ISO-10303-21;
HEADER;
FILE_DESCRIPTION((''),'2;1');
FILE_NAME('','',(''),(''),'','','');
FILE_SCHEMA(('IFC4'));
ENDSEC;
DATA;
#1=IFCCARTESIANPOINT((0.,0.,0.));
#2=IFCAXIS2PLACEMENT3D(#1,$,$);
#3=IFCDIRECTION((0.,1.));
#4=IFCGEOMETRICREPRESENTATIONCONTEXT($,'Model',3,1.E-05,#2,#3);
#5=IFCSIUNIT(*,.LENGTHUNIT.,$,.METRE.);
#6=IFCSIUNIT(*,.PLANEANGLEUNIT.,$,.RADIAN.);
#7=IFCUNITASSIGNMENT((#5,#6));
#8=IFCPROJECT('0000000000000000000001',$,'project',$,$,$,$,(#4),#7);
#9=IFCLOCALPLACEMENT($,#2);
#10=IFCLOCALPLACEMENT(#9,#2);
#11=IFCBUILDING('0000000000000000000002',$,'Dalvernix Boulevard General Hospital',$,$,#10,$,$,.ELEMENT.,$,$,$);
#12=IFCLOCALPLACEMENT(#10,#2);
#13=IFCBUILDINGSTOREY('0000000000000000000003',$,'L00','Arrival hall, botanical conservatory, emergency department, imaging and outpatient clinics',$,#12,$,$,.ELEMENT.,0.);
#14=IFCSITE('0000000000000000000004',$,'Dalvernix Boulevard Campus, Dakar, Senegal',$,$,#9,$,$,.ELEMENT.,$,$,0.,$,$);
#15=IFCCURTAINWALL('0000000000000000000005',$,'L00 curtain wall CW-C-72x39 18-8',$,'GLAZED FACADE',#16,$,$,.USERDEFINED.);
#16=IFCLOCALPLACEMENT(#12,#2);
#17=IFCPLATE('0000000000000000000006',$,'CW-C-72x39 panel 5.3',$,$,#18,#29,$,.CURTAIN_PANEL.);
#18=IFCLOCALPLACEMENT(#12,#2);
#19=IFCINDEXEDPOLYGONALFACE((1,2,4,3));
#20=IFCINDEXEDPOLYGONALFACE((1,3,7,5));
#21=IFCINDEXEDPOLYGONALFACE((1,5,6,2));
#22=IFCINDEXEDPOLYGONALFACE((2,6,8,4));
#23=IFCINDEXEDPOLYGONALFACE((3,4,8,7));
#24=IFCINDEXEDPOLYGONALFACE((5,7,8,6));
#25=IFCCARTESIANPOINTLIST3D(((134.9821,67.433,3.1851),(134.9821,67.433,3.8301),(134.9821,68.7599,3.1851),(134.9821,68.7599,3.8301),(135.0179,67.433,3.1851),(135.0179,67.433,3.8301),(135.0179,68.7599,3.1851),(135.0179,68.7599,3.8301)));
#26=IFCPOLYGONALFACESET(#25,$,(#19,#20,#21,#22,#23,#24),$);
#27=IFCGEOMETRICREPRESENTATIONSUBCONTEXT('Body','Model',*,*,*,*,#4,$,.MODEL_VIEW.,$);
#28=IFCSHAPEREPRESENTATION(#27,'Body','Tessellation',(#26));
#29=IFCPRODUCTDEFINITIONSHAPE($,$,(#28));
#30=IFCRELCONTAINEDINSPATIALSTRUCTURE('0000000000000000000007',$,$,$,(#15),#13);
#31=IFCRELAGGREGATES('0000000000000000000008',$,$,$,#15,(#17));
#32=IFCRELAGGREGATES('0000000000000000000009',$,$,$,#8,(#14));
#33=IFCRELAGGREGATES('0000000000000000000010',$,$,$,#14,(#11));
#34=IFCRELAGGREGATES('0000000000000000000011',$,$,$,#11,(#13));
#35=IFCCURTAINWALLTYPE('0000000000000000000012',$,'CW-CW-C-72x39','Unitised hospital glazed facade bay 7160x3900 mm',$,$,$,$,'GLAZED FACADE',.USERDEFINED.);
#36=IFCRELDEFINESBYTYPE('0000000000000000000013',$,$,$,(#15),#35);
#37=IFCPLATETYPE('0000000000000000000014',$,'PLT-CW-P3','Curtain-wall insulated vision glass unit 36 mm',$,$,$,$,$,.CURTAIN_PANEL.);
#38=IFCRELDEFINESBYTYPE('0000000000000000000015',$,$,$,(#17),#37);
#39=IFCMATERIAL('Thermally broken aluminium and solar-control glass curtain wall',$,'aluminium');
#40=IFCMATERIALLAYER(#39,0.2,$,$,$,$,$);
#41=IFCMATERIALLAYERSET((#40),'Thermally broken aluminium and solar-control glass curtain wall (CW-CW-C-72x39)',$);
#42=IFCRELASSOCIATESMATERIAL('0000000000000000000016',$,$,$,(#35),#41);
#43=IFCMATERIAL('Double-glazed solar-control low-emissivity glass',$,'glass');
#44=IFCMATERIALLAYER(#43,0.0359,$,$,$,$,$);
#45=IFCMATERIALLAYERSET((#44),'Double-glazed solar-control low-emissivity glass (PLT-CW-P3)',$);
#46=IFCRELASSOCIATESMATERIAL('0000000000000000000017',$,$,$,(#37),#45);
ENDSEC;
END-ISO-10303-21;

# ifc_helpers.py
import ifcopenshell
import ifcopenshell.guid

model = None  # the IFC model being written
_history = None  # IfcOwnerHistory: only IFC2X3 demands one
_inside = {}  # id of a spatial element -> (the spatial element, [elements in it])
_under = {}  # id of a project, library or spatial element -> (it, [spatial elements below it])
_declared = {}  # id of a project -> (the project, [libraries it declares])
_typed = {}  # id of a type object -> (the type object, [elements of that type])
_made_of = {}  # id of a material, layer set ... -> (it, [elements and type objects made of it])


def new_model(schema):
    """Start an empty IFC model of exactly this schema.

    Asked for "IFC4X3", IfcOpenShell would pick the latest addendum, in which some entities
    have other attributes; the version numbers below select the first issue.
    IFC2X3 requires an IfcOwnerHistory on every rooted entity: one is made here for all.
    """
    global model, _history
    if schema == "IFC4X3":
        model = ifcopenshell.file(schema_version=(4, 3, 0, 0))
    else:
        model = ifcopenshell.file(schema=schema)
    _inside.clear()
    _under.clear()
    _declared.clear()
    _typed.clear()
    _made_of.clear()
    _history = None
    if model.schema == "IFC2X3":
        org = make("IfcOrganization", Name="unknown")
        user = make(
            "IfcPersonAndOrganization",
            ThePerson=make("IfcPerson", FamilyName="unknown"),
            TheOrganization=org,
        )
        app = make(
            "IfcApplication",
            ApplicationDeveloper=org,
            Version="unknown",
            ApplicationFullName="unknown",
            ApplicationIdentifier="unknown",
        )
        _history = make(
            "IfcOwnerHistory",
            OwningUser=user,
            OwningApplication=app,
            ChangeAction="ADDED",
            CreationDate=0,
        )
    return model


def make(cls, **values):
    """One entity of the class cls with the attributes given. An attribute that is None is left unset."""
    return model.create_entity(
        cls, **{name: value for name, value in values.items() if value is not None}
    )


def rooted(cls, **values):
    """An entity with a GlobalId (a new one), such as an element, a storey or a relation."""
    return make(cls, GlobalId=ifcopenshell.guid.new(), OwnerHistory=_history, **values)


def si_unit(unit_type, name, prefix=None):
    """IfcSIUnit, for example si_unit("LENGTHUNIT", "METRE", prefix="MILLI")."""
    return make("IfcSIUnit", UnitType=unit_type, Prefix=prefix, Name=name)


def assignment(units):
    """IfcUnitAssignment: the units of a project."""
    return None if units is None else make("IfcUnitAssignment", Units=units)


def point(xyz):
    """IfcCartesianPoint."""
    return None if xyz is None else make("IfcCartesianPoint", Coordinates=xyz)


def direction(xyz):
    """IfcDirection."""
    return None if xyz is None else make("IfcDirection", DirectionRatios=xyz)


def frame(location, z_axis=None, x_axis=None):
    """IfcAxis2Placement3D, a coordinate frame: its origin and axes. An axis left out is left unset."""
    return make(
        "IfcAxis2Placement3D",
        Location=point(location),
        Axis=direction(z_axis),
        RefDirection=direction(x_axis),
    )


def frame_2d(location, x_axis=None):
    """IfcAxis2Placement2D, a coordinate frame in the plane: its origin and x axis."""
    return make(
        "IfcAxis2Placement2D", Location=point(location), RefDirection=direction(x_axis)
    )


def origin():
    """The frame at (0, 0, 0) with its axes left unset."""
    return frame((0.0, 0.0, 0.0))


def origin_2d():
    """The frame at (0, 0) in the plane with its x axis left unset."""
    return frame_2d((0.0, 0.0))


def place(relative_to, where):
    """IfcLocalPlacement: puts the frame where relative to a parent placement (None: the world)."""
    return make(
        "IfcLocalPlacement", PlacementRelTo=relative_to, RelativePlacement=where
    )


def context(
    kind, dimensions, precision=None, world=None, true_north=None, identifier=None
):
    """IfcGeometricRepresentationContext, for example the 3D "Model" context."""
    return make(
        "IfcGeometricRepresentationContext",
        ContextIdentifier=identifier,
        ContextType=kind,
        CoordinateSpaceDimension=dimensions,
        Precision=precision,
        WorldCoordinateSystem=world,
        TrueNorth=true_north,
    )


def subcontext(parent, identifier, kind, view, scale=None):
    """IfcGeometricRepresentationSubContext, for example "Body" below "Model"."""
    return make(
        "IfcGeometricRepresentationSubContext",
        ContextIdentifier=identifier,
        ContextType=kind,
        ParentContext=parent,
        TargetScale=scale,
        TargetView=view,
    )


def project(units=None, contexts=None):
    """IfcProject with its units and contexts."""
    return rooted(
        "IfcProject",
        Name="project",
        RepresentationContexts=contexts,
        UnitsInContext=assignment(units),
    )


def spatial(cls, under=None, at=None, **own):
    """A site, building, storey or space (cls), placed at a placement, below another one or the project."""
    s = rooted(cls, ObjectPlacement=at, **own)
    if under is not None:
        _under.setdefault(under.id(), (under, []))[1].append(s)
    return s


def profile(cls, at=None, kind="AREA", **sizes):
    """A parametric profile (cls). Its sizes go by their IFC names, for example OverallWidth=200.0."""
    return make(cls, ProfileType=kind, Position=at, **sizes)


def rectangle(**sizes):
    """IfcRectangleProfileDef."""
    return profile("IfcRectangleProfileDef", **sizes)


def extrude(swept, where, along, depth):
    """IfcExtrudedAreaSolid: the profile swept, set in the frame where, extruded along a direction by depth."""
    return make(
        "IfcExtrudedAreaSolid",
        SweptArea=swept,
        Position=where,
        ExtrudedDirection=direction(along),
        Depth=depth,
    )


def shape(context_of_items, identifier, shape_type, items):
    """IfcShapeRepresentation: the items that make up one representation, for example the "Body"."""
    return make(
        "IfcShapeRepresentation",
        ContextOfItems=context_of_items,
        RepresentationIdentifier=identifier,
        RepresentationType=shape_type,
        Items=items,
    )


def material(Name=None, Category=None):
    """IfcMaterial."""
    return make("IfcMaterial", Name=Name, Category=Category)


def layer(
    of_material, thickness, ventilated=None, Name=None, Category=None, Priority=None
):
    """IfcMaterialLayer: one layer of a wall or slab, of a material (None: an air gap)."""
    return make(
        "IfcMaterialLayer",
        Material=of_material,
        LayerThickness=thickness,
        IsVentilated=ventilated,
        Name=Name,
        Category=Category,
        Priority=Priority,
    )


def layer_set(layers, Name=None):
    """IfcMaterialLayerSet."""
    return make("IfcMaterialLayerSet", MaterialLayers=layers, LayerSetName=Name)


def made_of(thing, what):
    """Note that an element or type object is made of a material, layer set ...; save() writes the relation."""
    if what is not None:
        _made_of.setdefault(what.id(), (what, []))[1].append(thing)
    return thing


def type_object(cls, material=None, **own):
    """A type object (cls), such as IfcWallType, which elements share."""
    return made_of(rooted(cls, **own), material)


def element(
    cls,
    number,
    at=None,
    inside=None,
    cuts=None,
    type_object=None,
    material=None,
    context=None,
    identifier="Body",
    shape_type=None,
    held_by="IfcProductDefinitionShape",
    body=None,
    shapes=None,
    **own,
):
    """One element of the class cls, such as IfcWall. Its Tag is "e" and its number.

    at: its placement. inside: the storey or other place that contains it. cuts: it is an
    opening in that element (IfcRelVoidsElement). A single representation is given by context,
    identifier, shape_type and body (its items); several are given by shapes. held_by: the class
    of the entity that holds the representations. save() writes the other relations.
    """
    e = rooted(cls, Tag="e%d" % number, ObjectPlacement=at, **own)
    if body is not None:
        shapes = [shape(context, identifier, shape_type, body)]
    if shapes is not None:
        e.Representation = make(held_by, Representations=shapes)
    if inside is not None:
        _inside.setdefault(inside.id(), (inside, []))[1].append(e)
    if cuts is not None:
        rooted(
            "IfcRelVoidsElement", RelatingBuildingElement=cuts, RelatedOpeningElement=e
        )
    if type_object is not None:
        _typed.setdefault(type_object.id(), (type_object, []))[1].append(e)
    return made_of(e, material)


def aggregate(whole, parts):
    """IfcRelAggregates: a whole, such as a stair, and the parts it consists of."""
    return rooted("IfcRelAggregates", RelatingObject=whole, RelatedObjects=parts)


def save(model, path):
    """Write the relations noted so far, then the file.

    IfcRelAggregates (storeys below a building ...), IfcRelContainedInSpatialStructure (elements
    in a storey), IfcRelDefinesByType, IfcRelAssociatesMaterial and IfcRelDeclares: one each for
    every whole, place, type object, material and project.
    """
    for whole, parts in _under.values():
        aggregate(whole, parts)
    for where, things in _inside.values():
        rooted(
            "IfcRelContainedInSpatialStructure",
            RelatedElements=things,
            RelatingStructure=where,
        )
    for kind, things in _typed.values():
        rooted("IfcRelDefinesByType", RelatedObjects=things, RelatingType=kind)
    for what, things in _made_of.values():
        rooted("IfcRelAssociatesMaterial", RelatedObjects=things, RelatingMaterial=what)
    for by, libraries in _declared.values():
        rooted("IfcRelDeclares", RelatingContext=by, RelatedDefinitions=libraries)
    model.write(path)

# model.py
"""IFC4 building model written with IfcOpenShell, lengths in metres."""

from ifc_helpers import new_model, si_unit, direction, frame, origin, origin_2d, place, context, subcontext, project, spatial, rectangle, extrude, material, layer, layer_set, type_object, element, aggregate, save


model = new_model("IFC4")

# Units and contexts
model_context = context("Model", 3, precision=1e-05, world=origin(), true_north=direction((0.0, 1.0)))
body_context = subcontext(model_context, "Body", "Model", "MODEL_VIEW")
ifc_project = project(units=[si_unit("LENGTHUNIT", "METRE"), si_unit("PLANEANGLEUNIT", "RADIAN")], contexts=[model_context])

# Site, building, storey
site_placement = place(None, origin())
site = spatial("IfcSite", under=ifc_project, at=site_placement, Name="Dalvernix Boulevard Campus, Dakar, Senegal", CompositionType="ELEMENT", RefElevation=0.0)
building_placement = place(site_placement, origin())
building = spatial("IfcBuilding", under=site, at=building_placement, Name="Dalvernix Boulevard General Hospital", CompositionType="ELEMENT")
storey_placement = place(building_placement, origin())
storey = spatial("IfcBuildingStorey", under=building, at=storey_placement, Name="L00", Description="Arrival hall, botanical conservatory, emergency department, imaging and outpatient clinics", CompositionType="ELEMENT", Elevation=0.0)

# Curtain wall
ifc_material_1 = material(Name="Thermally broken aluminium and solar-control glass curtain wall", Category="aluminium")
ifc_layer_1 = layer(ifc_material_1, 0.2)
ifc_layer_set_1 = layer_set([ifc_layer_1], Name="Thermally broken aluminium and solar-control glass curtain wall (CW-CW-C-72x39)")
curtain_wall_type_1 = type_object("IfcCurtainWallType", Name="CW-CW-C-72x39", Description="Unitised hospital glazed facade bay 7160x3900 mm", ElementType="GLAZED FACADE", PredefinedType="USERDEFINED", material=ifc_layer_set_1)
curtain_wall_1_placement = place(storey_placement, origin())
curtain_wall_1 = element("IfcCurtainWall", 1, at=curtain_wall_1_placement, inside=storey, type_object=curtain_wall_type_1, Name="L00 curtain wall CW-C-72x39 18-8", ObjectType="GLAZED FACADE", PredefinedType="USERDEFINED")

# Plate
ifc_material_2 = material(Name="Double-glazed solar-control low-emissivity glass", Category="glass")
ifc_layer_2 = layer(ifc_material_2, 0.0359)
ifc_layer_set_2 = layer_set([ifc_layer_2], Name="Double-glazed solar-control low-emissivity glass (PLT-CW-P3)")
plate_type_1 = type_object("IfcPlateType", Name="PLT-CW-P3", Description="Curtain-wall insulated vision glass unit 36 mm", PredefinedType="CURTAIN_PANEL", material=ifc_layer_set_2)
plate_1_placement = place(storey_placement, frame((135.0, 68.0964, 3.1851), z_axis=(0.0, 0.0, 1.0), x_axis=(0.0, 1.0, 0.0)))
plate_1 = element("IfcPlate", 2, at=plate_1_placement, type_object=plate_type_1, Name="CW-C-72x39 panel 5.3", PredefinedType="CURTAIN_PANEL", context=body_context, shape_type="SweptSolid", body=[
    extrude(rectangle(XDim=1.3269, YDim=0.0359, at=origin_2d()), origin(), (0.0, 0.0, 1.0), 0.645),
])
aggregate(curtain_wall_1, [plate_1])

save(model, "model.ifc")
